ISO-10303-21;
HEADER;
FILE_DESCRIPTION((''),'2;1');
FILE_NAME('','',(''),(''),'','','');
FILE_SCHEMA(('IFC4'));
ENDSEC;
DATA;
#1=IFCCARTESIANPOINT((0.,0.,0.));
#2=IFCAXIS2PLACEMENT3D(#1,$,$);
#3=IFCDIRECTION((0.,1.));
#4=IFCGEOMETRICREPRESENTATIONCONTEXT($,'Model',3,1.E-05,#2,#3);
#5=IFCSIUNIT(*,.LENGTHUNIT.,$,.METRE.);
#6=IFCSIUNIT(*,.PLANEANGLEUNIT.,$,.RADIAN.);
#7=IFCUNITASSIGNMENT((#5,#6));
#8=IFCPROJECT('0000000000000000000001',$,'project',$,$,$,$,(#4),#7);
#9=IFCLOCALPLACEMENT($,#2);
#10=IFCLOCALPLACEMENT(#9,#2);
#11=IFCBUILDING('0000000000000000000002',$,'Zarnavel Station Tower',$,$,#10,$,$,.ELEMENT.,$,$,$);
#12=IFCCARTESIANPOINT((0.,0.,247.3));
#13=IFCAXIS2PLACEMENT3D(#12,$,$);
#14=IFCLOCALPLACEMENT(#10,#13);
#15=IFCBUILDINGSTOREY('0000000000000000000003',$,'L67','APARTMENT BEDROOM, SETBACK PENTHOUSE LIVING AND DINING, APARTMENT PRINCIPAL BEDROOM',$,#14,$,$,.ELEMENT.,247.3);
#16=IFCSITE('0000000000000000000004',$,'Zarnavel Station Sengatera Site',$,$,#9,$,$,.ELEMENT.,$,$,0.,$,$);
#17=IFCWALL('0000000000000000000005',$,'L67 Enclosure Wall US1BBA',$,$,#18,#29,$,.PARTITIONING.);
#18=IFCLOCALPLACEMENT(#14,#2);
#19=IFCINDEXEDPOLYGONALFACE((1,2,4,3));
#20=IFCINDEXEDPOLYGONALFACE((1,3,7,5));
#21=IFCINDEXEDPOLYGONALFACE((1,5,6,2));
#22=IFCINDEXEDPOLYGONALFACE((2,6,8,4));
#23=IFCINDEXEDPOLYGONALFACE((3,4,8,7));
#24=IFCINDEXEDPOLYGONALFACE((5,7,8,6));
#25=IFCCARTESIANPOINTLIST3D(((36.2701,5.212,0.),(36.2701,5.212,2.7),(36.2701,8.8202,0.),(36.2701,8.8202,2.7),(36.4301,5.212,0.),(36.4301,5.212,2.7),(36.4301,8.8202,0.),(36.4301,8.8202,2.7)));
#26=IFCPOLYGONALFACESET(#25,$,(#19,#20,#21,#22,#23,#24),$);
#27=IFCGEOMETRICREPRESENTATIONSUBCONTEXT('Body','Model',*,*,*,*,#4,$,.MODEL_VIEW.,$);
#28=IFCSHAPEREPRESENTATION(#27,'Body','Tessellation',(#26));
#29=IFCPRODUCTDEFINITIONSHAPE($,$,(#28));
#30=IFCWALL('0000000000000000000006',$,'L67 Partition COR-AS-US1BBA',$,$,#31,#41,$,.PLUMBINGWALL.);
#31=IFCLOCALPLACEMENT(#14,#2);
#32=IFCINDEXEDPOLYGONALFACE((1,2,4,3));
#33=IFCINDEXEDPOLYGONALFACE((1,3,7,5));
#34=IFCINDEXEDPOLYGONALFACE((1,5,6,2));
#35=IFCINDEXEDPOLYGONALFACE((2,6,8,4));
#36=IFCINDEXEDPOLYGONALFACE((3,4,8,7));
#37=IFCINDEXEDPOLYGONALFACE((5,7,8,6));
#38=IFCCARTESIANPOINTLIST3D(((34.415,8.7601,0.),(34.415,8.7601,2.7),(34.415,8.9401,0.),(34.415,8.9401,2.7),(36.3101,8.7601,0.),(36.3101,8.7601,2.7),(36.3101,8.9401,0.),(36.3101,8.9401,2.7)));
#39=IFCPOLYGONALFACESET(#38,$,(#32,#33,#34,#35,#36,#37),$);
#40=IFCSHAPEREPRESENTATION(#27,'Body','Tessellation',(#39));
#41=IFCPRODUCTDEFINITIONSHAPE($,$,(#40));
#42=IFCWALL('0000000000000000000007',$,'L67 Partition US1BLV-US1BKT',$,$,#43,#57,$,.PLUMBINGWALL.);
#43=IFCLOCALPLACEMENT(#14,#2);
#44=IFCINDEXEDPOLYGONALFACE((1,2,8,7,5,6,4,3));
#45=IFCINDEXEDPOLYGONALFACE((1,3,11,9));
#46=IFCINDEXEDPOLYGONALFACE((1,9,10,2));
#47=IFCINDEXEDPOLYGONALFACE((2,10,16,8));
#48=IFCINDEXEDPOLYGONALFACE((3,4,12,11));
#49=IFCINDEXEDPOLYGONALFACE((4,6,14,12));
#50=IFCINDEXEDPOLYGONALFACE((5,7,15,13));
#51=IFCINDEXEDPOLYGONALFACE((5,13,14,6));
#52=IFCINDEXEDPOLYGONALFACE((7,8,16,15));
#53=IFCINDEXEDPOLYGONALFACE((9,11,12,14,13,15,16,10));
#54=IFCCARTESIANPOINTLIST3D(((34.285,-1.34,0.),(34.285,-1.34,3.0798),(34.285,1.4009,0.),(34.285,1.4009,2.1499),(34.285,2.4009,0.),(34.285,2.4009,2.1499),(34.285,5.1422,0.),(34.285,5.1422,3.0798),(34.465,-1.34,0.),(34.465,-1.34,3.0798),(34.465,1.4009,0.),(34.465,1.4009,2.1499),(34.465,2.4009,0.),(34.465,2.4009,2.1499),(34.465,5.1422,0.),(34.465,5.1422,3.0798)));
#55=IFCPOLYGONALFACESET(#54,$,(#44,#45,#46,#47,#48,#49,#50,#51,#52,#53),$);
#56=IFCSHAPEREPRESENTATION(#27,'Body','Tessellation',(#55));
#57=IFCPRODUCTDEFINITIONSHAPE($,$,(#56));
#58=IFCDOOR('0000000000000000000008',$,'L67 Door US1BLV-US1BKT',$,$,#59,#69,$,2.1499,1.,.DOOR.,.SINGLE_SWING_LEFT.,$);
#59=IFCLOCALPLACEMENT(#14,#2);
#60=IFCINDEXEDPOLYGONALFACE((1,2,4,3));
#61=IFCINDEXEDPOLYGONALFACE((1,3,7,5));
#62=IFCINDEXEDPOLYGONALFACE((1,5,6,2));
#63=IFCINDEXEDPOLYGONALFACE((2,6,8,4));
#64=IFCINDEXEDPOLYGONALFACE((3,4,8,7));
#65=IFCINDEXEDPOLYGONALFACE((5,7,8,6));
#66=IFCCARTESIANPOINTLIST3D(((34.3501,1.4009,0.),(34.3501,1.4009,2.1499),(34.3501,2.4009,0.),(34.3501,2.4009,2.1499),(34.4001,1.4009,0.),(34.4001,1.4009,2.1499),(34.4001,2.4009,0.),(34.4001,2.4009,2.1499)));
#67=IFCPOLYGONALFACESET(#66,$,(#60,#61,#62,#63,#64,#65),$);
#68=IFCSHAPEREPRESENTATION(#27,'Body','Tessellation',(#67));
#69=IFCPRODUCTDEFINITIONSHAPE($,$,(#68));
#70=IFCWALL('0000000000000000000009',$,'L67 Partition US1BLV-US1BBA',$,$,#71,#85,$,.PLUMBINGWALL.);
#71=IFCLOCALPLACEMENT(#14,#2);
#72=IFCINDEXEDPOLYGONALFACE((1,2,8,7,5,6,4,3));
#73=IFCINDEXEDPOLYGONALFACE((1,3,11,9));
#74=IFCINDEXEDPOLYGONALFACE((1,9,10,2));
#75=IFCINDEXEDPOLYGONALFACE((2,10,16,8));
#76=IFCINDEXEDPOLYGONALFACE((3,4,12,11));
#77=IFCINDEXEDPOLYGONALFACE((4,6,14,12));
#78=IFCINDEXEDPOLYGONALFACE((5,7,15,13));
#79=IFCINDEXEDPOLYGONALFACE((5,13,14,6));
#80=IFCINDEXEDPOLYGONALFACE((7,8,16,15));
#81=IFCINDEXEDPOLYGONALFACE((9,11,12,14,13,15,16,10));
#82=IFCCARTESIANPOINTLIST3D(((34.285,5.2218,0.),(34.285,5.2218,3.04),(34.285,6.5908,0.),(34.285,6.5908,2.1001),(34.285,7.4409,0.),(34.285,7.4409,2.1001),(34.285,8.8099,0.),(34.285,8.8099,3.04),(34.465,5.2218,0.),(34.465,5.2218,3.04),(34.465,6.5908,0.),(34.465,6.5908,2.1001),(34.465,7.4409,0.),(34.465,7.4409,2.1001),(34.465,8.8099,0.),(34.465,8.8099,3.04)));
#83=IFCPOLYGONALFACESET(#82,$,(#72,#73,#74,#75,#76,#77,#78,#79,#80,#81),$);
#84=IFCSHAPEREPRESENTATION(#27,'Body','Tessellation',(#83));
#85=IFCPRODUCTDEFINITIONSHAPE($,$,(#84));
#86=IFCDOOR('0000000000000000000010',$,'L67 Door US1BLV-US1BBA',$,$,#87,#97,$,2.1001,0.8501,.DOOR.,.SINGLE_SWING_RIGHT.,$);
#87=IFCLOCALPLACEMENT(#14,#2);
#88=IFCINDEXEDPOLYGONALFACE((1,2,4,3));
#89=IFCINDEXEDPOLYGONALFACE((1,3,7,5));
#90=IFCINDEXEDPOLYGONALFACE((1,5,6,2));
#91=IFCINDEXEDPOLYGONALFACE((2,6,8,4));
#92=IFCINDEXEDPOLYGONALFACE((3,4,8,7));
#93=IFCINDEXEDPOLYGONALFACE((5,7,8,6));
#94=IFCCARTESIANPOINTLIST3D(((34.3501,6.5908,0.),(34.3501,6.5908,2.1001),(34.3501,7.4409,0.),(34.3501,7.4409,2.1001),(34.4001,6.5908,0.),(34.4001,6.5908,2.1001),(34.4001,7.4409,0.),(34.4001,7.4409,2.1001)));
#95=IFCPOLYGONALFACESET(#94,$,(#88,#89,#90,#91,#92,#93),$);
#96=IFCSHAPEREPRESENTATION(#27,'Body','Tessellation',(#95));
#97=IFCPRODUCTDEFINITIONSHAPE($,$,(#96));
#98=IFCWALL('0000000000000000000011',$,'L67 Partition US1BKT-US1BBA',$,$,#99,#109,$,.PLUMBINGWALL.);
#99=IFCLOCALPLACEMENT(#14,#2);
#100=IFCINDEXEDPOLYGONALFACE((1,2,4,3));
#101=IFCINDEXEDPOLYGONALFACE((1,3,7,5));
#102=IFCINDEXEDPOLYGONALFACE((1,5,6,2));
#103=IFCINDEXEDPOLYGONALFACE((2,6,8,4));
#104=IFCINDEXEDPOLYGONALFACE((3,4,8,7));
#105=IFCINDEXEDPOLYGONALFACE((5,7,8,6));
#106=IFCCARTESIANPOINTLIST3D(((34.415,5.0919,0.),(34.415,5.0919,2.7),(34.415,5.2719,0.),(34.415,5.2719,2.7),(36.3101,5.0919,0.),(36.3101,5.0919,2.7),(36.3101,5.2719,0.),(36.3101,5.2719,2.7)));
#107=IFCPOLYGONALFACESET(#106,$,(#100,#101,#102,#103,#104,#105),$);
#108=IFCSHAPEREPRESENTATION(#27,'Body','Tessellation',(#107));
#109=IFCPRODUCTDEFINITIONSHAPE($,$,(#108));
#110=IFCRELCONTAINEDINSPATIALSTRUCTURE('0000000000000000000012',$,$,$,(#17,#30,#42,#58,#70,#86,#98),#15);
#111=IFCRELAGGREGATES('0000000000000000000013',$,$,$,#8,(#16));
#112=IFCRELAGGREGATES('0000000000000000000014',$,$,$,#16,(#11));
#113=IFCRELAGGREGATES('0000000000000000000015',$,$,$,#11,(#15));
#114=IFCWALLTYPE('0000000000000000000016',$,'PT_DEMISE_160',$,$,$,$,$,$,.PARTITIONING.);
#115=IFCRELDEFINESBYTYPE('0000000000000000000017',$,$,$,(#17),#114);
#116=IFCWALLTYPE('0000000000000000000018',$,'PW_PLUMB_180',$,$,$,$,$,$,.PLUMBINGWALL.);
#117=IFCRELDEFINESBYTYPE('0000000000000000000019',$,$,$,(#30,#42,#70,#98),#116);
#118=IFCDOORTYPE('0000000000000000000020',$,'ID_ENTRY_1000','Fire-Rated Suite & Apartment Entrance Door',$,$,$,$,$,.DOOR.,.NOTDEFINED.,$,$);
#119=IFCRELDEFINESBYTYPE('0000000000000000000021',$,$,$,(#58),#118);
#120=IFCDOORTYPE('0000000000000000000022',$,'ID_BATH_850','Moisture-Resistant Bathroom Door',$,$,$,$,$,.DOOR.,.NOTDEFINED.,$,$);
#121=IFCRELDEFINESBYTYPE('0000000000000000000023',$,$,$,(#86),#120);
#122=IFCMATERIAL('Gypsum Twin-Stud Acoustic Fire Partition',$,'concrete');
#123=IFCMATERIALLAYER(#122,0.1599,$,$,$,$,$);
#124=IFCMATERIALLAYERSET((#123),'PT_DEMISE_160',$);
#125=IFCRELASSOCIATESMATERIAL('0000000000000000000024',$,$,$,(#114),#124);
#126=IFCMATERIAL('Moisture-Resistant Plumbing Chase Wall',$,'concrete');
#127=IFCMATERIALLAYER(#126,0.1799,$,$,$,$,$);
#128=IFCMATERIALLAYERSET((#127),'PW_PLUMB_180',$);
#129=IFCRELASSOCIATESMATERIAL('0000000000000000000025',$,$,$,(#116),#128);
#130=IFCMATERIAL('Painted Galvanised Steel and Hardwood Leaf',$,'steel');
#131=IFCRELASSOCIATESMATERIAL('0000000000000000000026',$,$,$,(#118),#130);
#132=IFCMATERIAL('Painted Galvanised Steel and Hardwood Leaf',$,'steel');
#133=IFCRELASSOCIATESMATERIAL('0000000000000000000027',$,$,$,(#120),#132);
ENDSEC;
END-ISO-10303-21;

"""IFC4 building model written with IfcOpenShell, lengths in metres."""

from ifc_helpers import new_model, si_unit, direction, frame, frame_2d, origin, place, context, subcontext, project, spatial, rectangle, extrude, material, layer, layer_set, type_object, element, fill, save


model = new_model("IFC4")

# Units and contexts
model_context = context("Model", 3, precision=1e-05, world=origin(), true_north=direction((0.0, 1.0)))
body_context = subcontext(model_context, "Body", "Model", "MODEL_VIEW")
ifc_project = project(units=[si_unit("LENGTHUNIT", "METRE"), si_unit("PLANEANGLEUNIT", "RADIAN")], contexts=[model_context])

# Site, building, storey
site_placement = place(None, origin())
site = spatial("IfcSite", under=ifc_project, at=site_placement, Name="Zarnavel Station Sengatera Site", CompositionType="ELEMENT", RefElevation=0.0)
building_placement = place(site_placement, origin())
building = spatial("IfcBuilding", under=site, at=building_placement, Name="Zarnavel Station Tower", CompositionType="ELEMENT")
storey_placement = place(building_placement, frame((0.0, 0.0, 247.3)))
storey = spatial("IfcBuildingStorey", under=building, at=storey_placement, Name="L67", Description="APARTMENT BEDROOM, SETBACK PENTHOUSE LIVING AND DINING, APARTMENT PRINCIPAL BEDROOM", CompositionType="ELEMENT", Elevation=247.3)

# Walls
ifc_material_1 = material(Name="Gypsum Twin-Stud Acoustic Fire Partition", Category="concrete")
ifc_layer_1 = layer(ifc_material_1, 0.1599)
ifc_layer_set_1 = layer_set([ifc_layer_1], Name="PT_DEMISE_160")
wall_type_1 = type_object("IfcWallType", Name="PT_DEMISE_160", PredefinedType="PARTITIONING", material=ifc_layer_set_1)
wall_1_placement = place(storey_placement, frame((36.3501, 5.2119, 0.0), z_axis=(0.0, 0.0, 1.0), x_axis=(0.0, 1.0, 0.0)))
element("IfcWall", 1, at=wall_1_placement, inside=storey, type_object=wall_type_1, Name="L67 Enclosure Wall US1BBA", PredefinedType="PARTITIONING", context=body_context, shape_type="SweptSolid", body=[
    extrude(rectangle(XDim=3.6082, YDim=0.1599, at=frame_2d((1.8042, 0.0))), origin(), (0.0, 0.0, 1.0), 2.7),
])
ifc_material_2 = material(Name="Moisture-Resistant Plumbing Chase Wall", Category="concrete")
ifc_layer_2 = layer(ifc_material_2, 0.1799)
ifc_layer_set_2 = layer_set([ifc_layer_2], Name="PW_PLUMB_180")
wall_type_2 = type_object("IfcWallType", Name="PW_PLUMB_180", PredefinedType="PLUMBINGWALL", material=ifc_layer_set_2)
wall_2_placement = place(storey_placement, frame((34.415, 8.8501, 0.0), z_axis=(0.0, 0.0, 1.0), x_axis=(1.0, 0.0, 0.0)))
element("IfcWall", 2, at=wall_2_placement, inside=storey, type_object=wall_type_2, Name="L67 Partition COR-AS-US1BBA", PredefinedType="PLUMBINGWALL", context=body_context, shape_type="SweptSolid", body=[
    extrude(rectangle(XDim=1.895, YDim=0.1799, at=frame_2d((0.9475, 0.0))), origin(), (0.0, 0.0, 1.0), 2.7),
])

# Walls, openings, doors
wall_3_placement = place(storey_placement, frame((34.375, -1.3401, 0.0), z_axis=(0.0, 0.0, 1.0), x_axis=(0.0, 1.0, 0.0)))
wall_3 = element("IfcWall", 3, at=wall_3_placement, inside=storey, type_object=wall_type_2, Name="L67 Partition US1BLV-US1BKT", PredefinedType="PLUMBINGWALL", context=body_context, shape_type="SweptSolid", body=[
    extrude(rectangle(XDim=6.4822, YDim=0.1799, at=frame_2d((3.2412, 0.0))), origin(), (0.0, 0.0, 1.0), 3.0798),
])
opening_1_placement = place(wall_3_placement, frame((2.741, 0.0, 0.0)))
opening_1 = element("IfcOpeningElement", 4, at=opening_1_placement, cuts=wall_3, PredefinedType="OPENING", context=body_context, shape_type="SweptSolid", body=[
    extrude(rectangle(XDim=1.0, YDim=2.1499, at=frame_2d((0.5, 1.075))), frame((0.0, 0.0999, 0.0), z_axis=(0.0, -1.0, 0.0), x_axis=(1.0, 0.0, 0.0)), (0.0, 0.0, 1.0), 0.2),
])
ifc_material_3 = material(Name="Painted Galvanised Steel and Hardwood Leaf", Category="steel")
door_type_1 = type_object("IfcDoorType", Name="ID_ENTRY_1000", Description="Fire-Rated Suite & Apartment Entrance Door", OperationType="NOTDEFINED", PredefinedType="DOOR", material=ifc_material_3)
door_1_placement = place(opening_1_placement, origin())
door_1 = element("IfcDoor", 5, at=door_1_placement, inside=storey, type_object=door_type_1, Name="L67 Door US1BLV-US1BKT", OperationType="SINGLE_SWING_LEFT", OverallHeight=2.1499, OverallWidth=1.0, PredefinedType="DOOR", context=body_context, shape_type="SweptSolid", body=[
    extrude(rectangle(XDim=1.0, YDim=2.1499, at=frame_2d((0.5, 1.075))), frame((0.0, 0.0249, 0.0), z_axis=(0.0, -1.0, 0.0), x_axis=(1.0, 0.0, 0.0)), (0.0, 0.0, 1.0), 0.05),
])
fill(opening_1, door_1)
wall_4_placement = place(storey_placement, frame((34.375, 5.2219, 0.0), z_axis=(0.0, 0.0, 1.0), x_axis=(0.0, 1.0, 0.0)))
wall_4 = element("IfcWall", 6, at=wall_4_placement, inside=storey, type_object=wall_type_2, Name="L67 Partition US1BLV-US1BBA", PredefinedType="PLUMBINGWALL", context=body_context, shape_type="SweptSolid", body=[
    extrude(rectangle(XDim=3.5881, YDim=0.1799, at=frame_2d((1.7939, 0.0))), origin(), (0.0, 0.0, 1.0), 3.04),
])
opening_2_placement = place(wall_4_placement, frame((1.3689, 0.0, 0.0)))
opening_2 = element("IfcOpeningElement", 7, at=opening_2_placement, cuts=wall_4, PredefinedType="OPENING", context=body_context, shape_type="SweptSolid", body=[
    extrude(rectangle(XDim=0.8501, YDim=2.1001, at=frame_2d((0.425, 1.05))), frame((0.0, 0.0999, 0.0), z_axis=(0.0, -1.0, 0.0), x_axis=(1.0, 0.0, 0.0)), (0.0, 0.0, 1.0), 0.2),
])
ifc_material_4 = material(Name="Painted Galvanised Steel and Hardwood Leaf", Category="steel")
door_type_2 = type_object("IfcDoorType", Name="ID_BATH_850", Description="Moisture-Resistant Bathroom Door", OperationType="NOTDEFINED", PredefinedType="DOOR", material=ifc_material_4)
door_2_placement = place(opening_2_placement, origin())
door_2 = element("IfcDoor", 8, at=door_2_placement, inside=storey, type_object=door_type_2, Name="L67 Door US1BLV-US1BBA", OperationType="SINGLE_SWING_RIGHT", OverallHeight=2.1001, OverallWidth=0.8501, PredefinedType="DOOR", context=body_context, shape_type="SweptSolid", body=[
    extrude(rectangle(XDim=0.8501, YDim=2.1001, at=frame_2d((0.425, 1.05))), frame((0.0, 0.0249, 0.0), z_axis=(0.0, -1.0, 0.0), x_axis=(1.0, 0.0, 0.0)), (0.0, 0.0, 1.0), 0.05),
])
fill(opening_2, door_2)

# Wall
wall_5_placement = place(storey_placement, frame((34.415, 5.1819, 0.0), z_axis=(0.0, 0.0, 1.0), x_axis=(1.0, 0.0, 0.0)))
element("IfcWall", 9, at=wall_5_placement, inside=storey, type_object=wall_type_2, Name="L67 Partition US1BKT-US1BBA", PredefinedType="PLUMBINGWALL", context=body_context, shape_type="SweptSolid", body=[
    extrude(rectangle(XDim=1.895, YDim=0.1799, at=frame_2d((0.9475, 0.0))), origin(), (0.0, 0.0, 1.0), 2.7),
])

save(model, "model.ifc")
